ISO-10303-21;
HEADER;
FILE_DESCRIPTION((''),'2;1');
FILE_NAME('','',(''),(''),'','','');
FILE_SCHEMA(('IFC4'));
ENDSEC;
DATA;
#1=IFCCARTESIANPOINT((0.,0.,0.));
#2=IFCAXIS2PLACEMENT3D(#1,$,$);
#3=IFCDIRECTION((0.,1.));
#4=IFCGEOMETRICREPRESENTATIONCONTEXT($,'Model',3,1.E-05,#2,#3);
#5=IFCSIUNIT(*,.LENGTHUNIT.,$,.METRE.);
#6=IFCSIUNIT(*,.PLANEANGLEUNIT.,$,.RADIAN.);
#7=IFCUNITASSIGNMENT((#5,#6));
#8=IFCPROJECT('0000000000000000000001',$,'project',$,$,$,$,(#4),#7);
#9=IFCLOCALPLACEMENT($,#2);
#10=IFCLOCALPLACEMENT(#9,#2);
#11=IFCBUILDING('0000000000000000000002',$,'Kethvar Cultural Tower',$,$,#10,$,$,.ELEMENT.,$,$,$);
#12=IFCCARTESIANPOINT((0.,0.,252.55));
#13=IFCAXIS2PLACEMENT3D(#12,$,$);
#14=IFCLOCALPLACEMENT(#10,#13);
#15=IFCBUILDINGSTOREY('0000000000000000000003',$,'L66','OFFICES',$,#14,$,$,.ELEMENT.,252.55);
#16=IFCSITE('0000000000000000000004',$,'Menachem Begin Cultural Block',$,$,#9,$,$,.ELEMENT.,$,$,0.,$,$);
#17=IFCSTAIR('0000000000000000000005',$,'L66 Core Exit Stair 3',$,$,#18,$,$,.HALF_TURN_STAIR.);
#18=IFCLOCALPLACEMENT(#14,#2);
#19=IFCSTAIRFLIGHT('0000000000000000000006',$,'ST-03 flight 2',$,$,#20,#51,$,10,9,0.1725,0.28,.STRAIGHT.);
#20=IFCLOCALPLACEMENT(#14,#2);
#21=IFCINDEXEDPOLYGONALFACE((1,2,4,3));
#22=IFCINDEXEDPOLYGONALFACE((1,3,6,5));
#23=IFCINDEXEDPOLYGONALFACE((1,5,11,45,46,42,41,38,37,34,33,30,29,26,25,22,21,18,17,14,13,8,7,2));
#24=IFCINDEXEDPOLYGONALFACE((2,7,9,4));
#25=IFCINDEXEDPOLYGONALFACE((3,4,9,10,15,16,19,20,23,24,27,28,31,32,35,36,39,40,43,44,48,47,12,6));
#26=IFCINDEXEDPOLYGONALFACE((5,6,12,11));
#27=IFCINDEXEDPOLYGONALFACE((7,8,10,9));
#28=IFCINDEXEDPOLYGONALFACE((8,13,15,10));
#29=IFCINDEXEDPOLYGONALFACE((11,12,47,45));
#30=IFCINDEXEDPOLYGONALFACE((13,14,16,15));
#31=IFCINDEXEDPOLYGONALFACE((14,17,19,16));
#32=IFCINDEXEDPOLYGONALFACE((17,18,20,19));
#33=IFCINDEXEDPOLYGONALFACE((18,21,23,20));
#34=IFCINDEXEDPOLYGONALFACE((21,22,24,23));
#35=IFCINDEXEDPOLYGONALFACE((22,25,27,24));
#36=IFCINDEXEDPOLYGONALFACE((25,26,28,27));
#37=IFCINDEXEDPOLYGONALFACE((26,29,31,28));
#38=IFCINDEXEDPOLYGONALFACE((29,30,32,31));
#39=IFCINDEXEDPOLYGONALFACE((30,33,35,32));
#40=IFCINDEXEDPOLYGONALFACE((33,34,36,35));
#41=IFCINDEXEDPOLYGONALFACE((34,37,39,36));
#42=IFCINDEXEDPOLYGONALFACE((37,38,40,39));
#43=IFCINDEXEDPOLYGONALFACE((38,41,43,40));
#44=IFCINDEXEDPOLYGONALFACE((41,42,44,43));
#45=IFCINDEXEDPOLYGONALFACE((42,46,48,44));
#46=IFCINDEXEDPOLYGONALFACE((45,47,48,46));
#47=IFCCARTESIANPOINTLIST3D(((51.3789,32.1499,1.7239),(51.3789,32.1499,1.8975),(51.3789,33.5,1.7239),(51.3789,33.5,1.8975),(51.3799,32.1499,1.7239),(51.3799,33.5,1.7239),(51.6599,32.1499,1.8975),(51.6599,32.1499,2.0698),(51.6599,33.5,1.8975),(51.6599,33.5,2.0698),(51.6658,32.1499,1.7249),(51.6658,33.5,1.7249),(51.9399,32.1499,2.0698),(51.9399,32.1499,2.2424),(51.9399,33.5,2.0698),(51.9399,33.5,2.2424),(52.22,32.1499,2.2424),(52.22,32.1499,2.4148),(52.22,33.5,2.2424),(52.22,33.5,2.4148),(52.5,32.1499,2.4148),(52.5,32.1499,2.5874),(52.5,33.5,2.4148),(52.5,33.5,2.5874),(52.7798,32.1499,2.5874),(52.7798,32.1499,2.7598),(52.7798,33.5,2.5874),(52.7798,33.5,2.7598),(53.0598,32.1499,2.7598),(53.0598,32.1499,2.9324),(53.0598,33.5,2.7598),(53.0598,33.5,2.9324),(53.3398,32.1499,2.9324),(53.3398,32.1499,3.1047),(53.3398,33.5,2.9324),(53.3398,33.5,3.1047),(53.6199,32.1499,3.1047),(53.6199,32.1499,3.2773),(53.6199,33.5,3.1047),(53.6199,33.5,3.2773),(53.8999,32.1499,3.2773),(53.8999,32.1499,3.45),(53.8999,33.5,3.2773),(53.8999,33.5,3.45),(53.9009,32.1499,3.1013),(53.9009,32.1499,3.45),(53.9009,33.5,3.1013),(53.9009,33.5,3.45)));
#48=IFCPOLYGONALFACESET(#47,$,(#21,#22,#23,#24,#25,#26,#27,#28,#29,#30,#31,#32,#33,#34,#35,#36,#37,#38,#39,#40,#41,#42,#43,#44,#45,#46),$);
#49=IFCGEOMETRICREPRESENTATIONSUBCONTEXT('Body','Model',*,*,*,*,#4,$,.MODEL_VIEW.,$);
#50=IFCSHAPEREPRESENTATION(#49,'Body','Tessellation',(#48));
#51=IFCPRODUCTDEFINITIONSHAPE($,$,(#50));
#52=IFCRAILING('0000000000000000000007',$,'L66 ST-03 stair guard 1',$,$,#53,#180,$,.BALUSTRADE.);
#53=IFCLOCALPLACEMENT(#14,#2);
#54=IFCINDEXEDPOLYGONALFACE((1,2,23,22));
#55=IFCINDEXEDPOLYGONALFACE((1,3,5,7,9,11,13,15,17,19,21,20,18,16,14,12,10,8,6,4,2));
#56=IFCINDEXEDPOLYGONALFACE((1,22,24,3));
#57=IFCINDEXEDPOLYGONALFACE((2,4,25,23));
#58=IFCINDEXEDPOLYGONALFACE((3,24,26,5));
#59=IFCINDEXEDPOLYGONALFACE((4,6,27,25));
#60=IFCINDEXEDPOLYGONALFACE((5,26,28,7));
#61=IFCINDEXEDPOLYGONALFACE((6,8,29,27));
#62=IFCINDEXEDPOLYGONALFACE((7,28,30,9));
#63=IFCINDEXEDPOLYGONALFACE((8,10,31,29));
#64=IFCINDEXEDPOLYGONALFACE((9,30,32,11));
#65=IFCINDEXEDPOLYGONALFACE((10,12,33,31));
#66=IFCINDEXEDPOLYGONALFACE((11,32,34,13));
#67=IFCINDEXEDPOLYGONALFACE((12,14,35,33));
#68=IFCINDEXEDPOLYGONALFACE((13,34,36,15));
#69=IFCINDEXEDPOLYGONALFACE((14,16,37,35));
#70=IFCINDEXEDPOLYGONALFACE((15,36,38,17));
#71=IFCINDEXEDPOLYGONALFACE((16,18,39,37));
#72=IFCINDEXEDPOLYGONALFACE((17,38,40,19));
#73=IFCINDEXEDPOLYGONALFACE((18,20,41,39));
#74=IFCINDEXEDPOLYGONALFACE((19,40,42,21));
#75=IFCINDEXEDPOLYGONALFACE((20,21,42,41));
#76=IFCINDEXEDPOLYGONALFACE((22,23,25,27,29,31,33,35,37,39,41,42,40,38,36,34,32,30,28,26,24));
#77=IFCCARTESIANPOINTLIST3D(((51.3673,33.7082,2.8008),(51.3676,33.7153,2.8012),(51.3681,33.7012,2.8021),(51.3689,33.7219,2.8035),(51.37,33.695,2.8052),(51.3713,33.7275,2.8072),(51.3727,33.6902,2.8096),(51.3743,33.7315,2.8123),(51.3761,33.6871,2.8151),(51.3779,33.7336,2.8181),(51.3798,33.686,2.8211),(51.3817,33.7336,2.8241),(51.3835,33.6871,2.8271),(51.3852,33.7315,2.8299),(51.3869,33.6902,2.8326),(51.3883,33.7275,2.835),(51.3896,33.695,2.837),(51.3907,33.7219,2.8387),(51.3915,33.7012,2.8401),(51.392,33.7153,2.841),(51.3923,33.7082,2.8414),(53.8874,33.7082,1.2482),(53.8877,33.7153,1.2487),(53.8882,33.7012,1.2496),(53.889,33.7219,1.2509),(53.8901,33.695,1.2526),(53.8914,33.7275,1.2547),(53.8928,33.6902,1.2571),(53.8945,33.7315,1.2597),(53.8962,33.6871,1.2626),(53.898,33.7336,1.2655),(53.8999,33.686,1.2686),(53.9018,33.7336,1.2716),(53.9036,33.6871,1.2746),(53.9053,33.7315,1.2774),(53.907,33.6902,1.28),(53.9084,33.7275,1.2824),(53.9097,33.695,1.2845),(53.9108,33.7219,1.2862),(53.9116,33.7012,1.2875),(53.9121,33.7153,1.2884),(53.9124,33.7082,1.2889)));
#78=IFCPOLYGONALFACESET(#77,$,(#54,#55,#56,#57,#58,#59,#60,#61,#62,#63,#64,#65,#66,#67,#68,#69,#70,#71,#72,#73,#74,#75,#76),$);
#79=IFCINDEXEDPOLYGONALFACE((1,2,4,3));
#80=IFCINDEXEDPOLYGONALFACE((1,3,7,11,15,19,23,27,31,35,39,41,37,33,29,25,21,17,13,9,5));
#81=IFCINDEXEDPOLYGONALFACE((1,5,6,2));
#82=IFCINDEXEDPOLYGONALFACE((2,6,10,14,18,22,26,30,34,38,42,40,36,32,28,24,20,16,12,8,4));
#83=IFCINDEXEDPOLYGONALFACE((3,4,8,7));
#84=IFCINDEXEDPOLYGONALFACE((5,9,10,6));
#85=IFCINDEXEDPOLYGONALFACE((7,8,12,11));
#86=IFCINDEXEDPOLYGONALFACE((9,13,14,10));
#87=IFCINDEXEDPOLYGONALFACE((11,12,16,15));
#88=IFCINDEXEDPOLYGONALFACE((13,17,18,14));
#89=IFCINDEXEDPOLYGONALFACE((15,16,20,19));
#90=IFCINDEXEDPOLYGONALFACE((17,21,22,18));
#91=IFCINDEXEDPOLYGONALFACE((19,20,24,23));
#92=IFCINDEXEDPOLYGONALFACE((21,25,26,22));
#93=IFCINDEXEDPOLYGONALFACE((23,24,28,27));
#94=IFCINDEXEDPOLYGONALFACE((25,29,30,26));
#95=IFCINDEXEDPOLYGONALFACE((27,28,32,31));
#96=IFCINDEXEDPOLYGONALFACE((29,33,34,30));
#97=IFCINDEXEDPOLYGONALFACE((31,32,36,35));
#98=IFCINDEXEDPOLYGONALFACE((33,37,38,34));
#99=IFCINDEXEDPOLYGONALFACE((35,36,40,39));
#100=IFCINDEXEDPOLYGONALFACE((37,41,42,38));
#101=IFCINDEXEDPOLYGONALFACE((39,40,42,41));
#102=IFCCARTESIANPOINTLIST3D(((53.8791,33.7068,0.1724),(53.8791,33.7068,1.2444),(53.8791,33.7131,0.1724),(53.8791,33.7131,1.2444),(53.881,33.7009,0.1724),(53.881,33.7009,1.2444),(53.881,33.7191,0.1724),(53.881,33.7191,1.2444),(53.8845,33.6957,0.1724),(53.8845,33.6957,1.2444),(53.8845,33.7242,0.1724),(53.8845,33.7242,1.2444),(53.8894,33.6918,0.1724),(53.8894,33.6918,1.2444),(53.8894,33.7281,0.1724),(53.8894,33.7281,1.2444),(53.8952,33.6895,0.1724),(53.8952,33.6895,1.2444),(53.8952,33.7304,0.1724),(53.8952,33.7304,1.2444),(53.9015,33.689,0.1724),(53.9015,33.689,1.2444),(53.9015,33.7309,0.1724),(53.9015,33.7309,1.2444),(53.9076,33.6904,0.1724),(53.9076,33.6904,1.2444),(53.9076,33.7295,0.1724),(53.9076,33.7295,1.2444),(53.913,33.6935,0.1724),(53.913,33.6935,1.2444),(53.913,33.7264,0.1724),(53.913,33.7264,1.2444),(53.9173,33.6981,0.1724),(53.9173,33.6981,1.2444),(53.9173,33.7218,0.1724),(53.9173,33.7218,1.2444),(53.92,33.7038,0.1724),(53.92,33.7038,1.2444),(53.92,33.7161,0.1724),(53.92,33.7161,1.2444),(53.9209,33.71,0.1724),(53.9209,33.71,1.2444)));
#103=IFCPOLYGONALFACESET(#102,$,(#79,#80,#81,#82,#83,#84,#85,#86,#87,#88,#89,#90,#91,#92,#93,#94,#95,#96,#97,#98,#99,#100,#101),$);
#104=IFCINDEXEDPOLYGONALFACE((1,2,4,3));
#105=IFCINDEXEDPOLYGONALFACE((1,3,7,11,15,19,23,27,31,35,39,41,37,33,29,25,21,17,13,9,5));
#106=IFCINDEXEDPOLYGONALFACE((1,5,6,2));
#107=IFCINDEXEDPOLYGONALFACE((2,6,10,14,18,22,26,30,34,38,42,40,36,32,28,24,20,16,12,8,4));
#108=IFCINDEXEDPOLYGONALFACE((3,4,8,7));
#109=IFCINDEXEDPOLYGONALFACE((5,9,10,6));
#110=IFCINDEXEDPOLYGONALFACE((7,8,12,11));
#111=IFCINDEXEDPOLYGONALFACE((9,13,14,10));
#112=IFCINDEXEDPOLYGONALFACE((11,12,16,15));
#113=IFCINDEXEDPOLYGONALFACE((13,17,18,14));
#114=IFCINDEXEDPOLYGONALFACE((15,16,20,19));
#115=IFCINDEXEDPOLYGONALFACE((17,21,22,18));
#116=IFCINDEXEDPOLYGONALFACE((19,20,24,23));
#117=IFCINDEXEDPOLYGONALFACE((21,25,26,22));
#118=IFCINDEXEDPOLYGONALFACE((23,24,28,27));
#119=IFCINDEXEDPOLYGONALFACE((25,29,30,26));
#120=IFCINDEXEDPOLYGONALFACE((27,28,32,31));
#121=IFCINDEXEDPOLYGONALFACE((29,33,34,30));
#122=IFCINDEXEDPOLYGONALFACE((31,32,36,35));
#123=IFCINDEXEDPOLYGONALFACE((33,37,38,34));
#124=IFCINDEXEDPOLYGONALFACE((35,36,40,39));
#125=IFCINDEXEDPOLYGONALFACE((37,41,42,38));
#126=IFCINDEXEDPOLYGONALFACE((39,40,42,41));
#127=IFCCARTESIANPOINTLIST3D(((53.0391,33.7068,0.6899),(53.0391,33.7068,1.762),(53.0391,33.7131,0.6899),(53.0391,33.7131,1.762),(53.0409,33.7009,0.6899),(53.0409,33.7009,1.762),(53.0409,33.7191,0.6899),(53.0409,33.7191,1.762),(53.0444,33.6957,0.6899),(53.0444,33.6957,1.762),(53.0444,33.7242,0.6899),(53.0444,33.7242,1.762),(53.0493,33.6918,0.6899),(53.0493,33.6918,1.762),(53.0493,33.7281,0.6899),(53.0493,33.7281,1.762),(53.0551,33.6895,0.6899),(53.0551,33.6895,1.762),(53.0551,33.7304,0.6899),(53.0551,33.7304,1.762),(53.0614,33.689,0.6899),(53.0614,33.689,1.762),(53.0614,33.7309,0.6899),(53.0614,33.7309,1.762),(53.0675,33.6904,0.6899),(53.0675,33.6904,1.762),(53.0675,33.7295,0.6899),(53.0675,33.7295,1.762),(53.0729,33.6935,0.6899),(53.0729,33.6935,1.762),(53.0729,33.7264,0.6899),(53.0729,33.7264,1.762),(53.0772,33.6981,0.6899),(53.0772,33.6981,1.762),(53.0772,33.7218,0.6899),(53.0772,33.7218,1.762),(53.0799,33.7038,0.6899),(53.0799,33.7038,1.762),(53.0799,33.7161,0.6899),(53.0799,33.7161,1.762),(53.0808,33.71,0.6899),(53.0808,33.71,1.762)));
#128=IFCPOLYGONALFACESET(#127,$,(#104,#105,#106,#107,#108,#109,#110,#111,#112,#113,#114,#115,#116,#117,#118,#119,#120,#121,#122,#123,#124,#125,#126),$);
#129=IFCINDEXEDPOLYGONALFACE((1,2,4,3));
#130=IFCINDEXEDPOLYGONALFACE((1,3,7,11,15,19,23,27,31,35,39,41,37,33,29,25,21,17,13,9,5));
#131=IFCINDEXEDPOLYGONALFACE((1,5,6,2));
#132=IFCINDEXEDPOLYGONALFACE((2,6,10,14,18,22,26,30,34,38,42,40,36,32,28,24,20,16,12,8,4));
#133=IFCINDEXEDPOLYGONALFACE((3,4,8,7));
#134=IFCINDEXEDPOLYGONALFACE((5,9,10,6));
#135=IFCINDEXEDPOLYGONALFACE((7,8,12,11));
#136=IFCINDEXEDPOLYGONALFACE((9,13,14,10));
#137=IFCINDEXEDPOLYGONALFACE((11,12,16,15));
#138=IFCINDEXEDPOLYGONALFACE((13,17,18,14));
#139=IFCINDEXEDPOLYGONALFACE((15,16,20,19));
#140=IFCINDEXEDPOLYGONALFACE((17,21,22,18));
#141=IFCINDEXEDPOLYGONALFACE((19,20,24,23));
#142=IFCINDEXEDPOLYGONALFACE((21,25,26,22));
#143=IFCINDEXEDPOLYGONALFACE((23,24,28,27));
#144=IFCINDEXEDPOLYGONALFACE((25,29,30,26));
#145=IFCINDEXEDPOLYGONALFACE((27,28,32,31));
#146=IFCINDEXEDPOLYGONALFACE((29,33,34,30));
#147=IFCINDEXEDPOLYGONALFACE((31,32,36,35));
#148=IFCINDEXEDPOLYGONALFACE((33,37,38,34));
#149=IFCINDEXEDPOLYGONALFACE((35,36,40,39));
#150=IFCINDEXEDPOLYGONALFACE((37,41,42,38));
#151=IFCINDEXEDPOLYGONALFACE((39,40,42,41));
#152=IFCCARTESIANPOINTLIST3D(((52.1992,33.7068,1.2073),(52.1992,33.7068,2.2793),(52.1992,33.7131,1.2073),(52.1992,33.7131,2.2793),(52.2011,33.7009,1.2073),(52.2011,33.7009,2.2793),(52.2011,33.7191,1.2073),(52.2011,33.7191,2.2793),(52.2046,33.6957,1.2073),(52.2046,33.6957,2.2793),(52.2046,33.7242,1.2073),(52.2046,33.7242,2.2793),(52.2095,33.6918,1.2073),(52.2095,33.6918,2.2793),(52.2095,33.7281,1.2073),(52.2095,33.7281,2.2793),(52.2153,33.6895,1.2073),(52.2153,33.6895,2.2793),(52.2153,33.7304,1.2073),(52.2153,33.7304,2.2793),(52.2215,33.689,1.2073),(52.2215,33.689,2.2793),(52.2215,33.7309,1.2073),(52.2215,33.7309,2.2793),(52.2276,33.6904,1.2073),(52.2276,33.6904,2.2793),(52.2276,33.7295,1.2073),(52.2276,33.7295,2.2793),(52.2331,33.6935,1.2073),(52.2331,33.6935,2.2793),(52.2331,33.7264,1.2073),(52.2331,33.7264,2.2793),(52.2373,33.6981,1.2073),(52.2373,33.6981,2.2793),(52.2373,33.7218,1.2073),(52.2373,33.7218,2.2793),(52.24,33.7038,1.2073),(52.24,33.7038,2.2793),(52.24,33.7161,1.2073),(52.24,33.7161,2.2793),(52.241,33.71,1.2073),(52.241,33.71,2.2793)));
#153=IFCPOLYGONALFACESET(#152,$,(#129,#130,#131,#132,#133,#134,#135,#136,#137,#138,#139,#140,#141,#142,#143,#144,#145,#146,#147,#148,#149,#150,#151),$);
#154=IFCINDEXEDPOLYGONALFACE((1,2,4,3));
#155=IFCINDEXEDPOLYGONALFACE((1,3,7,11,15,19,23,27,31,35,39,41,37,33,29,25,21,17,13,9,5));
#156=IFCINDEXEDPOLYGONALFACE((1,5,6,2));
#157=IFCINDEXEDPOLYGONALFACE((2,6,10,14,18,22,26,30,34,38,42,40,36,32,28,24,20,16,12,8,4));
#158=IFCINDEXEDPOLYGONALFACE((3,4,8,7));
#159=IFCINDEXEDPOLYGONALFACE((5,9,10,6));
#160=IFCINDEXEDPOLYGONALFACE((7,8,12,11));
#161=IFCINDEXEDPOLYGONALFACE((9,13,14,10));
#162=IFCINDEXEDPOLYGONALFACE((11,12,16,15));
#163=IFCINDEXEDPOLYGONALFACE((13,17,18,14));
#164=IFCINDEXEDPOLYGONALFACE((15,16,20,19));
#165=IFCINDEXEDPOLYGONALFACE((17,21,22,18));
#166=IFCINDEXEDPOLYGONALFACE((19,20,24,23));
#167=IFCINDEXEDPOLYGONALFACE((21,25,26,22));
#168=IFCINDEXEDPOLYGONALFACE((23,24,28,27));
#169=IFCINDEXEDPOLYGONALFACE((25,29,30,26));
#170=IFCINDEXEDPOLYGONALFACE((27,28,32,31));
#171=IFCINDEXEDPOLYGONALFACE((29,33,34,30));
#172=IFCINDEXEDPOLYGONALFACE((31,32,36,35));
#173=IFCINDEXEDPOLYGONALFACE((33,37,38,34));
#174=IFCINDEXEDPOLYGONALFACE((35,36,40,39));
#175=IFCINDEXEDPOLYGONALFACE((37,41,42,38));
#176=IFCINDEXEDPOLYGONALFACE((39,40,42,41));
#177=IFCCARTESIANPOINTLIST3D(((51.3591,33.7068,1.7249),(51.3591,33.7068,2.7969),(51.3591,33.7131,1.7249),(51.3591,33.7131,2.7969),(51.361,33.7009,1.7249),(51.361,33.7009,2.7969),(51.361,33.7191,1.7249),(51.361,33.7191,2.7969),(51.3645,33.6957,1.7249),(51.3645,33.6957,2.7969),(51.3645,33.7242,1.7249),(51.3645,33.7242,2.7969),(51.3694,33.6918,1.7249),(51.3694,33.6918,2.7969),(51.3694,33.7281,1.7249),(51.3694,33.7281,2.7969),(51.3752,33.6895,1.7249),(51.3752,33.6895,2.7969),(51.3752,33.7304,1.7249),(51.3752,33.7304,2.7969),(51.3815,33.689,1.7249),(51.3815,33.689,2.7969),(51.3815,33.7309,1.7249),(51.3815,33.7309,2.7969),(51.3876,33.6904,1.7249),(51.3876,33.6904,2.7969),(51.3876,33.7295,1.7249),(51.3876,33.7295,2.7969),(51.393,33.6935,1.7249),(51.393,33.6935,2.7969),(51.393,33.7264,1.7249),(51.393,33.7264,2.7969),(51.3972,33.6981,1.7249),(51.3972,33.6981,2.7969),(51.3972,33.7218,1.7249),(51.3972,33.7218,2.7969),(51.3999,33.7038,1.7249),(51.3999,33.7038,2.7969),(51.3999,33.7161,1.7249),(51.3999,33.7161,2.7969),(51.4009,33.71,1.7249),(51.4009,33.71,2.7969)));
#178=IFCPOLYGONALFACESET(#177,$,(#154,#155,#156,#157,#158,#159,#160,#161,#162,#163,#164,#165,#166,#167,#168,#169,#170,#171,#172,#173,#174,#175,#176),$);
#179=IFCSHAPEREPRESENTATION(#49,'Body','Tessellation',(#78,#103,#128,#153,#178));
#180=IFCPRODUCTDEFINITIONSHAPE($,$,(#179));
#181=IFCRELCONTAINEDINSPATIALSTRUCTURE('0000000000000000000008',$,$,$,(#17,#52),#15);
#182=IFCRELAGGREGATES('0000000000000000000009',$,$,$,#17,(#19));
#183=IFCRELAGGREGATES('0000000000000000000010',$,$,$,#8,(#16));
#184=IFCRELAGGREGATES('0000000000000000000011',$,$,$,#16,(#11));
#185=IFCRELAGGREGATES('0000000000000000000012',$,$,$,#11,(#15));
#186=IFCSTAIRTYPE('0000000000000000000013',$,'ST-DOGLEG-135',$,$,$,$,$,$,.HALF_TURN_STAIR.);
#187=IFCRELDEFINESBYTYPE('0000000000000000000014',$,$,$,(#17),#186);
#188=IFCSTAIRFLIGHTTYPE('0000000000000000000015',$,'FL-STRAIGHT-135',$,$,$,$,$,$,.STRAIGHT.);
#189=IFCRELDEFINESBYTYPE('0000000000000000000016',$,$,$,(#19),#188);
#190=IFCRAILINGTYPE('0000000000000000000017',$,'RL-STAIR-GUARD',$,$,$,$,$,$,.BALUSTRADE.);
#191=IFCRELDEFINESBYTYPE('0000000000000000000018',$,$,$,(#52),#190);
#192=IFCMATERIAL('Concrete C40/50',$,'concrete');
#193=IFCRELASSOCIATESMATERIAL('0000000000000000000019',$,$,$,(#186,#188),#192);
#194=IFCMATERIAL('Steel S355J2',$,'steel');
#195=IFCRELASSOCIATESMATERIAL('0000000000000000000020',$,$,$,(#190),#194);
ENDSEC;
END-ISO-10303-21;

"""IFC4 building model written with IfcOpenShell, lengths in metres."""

from ifc_helpers import new_model, si_unit, direction, frame, origin, origin_2d, place, context, subcontext, project, spatial, polyline, circle, outline, extrude, material, type_object, element, aggregate, save


model = new_model("IFC4")

# Units and contexts
model_context = context("Model", 3, precision=1e-05, world=origin(), true_north=direction((0.0, 1.0)))
body_context = subcontext(model_context, "Body", "Model", "MODEL_VIEW")
ifc_project = project(units=[si_unit("LENGTHUNIT", "METRE"), si_unit("PLANEANGLEUNIT", "RADIAN")], contexts=[model_context])

# Site, building, storey
site_placement = place(None, origin())
site = spatial("IfcSite", under=ifc_project, at=site_placement, Name="Menachem Begin Cultural Block", CompositionType="ELEMENT", RefElevation=0.0)
building_placement = place(site_placement, origin())
building = spatial("IfcBuilding", under=site, at=building_placement, Name="Kethvar Cultural Tower", CompositionType="ELEMENT")
storey_placement = place(building_placement, frame((0.0, 0.0, 252.55)))
storey = spatial("IfcBuildingStorey", under=building, at=storey_placement, Name="L66", Description="OFFICES", CompositionType="ELEMENT", Elevation=252.55)

# Shared definitions
ifc_material_1 = material(Name="Steel S355J2", Category="steel")

# Shared definitions
ifc_material_2 = material(Name="Concrete C40/50", Category="concrete")

# Stair, stair flight
stair_type = type_object("IfcStairType", Name="ST-DOGLEG-135", PredefinedType="HALF_TURN_STAIR", material=ifc_material_2)
stair_placement = place(storey_placement, origin())
stair = element("IfcStair", 1, at=stair_placement, inside=storey, type_object=stair_type, Name="L66 Core Exit Stair 3", PredefinedType="HALF_TURN_STAIR")
stair_flight_type = type_object("IfcStairFlightType", Name="FL-STRAIGHT-135", PredefinedType="STRAIGHT", material=ifc_material_2)
stair_flight_1_placement = place(storey_placement, frame((51.3799, 32.825, 1.7249), z_axis=(0.0, 0.0, 1.0), x_axis=(1.0, 0.0, 0.0)))
stair_flight_1 = element("IfcStairFlight", 2, at=stair_flight_1_placement, type_object=stair_flight_type, Name="ST-03 flight 2", NumberOfRisers=10, NumberOfTreads=9, PredefinedType="STRAIGHT", RiserHeight=0.1725, TreadLength=0.28, context=body_context, shape_type="SweptSolid", body=[
    extrude(outline(polyline([(-0.001, -0.001), (-0.001, 0.1726), (0.28, 0.1726), (0.28, 0.345), (0.5601, 0.345), (0.5601, 0.5176), (0.8401, 0.5176), (0.8401, 0.6899), (1.1201, 0.6899), (1.1201, 0.8625), (1.3999, 0.8625), (1.3999, 1.0349), (1.6799, 1.0349), (1.6799, 1.2075), (1.96, 1.2075), (1.96, 1.3799), (2.24, 1.3799), (2.24, 1.5525), (2.52, 1.5525), (2.52, 1.7251), (2.521, 1.7251), (2.521, 1.3765), (0.2859, 0.0), (0.0, -0.001), (-0.001, -0.001)])), frame((0.0, 0.675, 0.0), z_axis=(0.0, -1.0, 0.0), x_axis=(1.0, 0.0, 0.0)), (0.0, 0.0, 1.0), 1.3501),
])
aggregate(stair, [stair_flight_1])

# Railing
railing_type_1 = type_object("IfcRailingType", Name="RL-STAIR-GUARD", PredefinedType="BALUSTRADE", material=ifc_material_1)
railing_1_placement = place(storey_placement, frame((53.8999, 33.71, 0.1724)))
element("IfcRailing", 3, at=railing_1_placement, inside=storey, type_object=railing_type_1, Name="L66 ST-03 stair guard 1", PredefinedType="BALUSTRADE", context=body_context, shape_type="SweptSolid", body=[
    extrude(circle(Radius=0.0239, at=origin_2d()), frame((0.0, 0.0, 1.0962), z_axis=(-0.8514, 0.0, 0.524516), x_axis=(0.0, -1.0, 0.0)), (0.0, 0.0, 1.0), 2.96),
    extrude(circle(Radius=0.021, at=origin_2d()), origin(), (0.0, 0.0, 1.0), 1.072),
    extrude(circle(Radius=0.021, at=origin_2d()), frame((-0.8401, 0.0, 0.5176)), (0.0, 0.0, 1.0), 1.072),
    extrude(circle(Radius=0.021, at=origin_2d()), frame((-1.6799, 0.0, 1.0349)), (0.0, 0.0, 1.0), 1.072),
    extrude(circle(Radius=0.021, at=origin_2d()), frame((-2.52, 0.0, 1.5525)), (0.0, 0.0, 1.0), 1.072),
])

save(model, "model.ifc")
